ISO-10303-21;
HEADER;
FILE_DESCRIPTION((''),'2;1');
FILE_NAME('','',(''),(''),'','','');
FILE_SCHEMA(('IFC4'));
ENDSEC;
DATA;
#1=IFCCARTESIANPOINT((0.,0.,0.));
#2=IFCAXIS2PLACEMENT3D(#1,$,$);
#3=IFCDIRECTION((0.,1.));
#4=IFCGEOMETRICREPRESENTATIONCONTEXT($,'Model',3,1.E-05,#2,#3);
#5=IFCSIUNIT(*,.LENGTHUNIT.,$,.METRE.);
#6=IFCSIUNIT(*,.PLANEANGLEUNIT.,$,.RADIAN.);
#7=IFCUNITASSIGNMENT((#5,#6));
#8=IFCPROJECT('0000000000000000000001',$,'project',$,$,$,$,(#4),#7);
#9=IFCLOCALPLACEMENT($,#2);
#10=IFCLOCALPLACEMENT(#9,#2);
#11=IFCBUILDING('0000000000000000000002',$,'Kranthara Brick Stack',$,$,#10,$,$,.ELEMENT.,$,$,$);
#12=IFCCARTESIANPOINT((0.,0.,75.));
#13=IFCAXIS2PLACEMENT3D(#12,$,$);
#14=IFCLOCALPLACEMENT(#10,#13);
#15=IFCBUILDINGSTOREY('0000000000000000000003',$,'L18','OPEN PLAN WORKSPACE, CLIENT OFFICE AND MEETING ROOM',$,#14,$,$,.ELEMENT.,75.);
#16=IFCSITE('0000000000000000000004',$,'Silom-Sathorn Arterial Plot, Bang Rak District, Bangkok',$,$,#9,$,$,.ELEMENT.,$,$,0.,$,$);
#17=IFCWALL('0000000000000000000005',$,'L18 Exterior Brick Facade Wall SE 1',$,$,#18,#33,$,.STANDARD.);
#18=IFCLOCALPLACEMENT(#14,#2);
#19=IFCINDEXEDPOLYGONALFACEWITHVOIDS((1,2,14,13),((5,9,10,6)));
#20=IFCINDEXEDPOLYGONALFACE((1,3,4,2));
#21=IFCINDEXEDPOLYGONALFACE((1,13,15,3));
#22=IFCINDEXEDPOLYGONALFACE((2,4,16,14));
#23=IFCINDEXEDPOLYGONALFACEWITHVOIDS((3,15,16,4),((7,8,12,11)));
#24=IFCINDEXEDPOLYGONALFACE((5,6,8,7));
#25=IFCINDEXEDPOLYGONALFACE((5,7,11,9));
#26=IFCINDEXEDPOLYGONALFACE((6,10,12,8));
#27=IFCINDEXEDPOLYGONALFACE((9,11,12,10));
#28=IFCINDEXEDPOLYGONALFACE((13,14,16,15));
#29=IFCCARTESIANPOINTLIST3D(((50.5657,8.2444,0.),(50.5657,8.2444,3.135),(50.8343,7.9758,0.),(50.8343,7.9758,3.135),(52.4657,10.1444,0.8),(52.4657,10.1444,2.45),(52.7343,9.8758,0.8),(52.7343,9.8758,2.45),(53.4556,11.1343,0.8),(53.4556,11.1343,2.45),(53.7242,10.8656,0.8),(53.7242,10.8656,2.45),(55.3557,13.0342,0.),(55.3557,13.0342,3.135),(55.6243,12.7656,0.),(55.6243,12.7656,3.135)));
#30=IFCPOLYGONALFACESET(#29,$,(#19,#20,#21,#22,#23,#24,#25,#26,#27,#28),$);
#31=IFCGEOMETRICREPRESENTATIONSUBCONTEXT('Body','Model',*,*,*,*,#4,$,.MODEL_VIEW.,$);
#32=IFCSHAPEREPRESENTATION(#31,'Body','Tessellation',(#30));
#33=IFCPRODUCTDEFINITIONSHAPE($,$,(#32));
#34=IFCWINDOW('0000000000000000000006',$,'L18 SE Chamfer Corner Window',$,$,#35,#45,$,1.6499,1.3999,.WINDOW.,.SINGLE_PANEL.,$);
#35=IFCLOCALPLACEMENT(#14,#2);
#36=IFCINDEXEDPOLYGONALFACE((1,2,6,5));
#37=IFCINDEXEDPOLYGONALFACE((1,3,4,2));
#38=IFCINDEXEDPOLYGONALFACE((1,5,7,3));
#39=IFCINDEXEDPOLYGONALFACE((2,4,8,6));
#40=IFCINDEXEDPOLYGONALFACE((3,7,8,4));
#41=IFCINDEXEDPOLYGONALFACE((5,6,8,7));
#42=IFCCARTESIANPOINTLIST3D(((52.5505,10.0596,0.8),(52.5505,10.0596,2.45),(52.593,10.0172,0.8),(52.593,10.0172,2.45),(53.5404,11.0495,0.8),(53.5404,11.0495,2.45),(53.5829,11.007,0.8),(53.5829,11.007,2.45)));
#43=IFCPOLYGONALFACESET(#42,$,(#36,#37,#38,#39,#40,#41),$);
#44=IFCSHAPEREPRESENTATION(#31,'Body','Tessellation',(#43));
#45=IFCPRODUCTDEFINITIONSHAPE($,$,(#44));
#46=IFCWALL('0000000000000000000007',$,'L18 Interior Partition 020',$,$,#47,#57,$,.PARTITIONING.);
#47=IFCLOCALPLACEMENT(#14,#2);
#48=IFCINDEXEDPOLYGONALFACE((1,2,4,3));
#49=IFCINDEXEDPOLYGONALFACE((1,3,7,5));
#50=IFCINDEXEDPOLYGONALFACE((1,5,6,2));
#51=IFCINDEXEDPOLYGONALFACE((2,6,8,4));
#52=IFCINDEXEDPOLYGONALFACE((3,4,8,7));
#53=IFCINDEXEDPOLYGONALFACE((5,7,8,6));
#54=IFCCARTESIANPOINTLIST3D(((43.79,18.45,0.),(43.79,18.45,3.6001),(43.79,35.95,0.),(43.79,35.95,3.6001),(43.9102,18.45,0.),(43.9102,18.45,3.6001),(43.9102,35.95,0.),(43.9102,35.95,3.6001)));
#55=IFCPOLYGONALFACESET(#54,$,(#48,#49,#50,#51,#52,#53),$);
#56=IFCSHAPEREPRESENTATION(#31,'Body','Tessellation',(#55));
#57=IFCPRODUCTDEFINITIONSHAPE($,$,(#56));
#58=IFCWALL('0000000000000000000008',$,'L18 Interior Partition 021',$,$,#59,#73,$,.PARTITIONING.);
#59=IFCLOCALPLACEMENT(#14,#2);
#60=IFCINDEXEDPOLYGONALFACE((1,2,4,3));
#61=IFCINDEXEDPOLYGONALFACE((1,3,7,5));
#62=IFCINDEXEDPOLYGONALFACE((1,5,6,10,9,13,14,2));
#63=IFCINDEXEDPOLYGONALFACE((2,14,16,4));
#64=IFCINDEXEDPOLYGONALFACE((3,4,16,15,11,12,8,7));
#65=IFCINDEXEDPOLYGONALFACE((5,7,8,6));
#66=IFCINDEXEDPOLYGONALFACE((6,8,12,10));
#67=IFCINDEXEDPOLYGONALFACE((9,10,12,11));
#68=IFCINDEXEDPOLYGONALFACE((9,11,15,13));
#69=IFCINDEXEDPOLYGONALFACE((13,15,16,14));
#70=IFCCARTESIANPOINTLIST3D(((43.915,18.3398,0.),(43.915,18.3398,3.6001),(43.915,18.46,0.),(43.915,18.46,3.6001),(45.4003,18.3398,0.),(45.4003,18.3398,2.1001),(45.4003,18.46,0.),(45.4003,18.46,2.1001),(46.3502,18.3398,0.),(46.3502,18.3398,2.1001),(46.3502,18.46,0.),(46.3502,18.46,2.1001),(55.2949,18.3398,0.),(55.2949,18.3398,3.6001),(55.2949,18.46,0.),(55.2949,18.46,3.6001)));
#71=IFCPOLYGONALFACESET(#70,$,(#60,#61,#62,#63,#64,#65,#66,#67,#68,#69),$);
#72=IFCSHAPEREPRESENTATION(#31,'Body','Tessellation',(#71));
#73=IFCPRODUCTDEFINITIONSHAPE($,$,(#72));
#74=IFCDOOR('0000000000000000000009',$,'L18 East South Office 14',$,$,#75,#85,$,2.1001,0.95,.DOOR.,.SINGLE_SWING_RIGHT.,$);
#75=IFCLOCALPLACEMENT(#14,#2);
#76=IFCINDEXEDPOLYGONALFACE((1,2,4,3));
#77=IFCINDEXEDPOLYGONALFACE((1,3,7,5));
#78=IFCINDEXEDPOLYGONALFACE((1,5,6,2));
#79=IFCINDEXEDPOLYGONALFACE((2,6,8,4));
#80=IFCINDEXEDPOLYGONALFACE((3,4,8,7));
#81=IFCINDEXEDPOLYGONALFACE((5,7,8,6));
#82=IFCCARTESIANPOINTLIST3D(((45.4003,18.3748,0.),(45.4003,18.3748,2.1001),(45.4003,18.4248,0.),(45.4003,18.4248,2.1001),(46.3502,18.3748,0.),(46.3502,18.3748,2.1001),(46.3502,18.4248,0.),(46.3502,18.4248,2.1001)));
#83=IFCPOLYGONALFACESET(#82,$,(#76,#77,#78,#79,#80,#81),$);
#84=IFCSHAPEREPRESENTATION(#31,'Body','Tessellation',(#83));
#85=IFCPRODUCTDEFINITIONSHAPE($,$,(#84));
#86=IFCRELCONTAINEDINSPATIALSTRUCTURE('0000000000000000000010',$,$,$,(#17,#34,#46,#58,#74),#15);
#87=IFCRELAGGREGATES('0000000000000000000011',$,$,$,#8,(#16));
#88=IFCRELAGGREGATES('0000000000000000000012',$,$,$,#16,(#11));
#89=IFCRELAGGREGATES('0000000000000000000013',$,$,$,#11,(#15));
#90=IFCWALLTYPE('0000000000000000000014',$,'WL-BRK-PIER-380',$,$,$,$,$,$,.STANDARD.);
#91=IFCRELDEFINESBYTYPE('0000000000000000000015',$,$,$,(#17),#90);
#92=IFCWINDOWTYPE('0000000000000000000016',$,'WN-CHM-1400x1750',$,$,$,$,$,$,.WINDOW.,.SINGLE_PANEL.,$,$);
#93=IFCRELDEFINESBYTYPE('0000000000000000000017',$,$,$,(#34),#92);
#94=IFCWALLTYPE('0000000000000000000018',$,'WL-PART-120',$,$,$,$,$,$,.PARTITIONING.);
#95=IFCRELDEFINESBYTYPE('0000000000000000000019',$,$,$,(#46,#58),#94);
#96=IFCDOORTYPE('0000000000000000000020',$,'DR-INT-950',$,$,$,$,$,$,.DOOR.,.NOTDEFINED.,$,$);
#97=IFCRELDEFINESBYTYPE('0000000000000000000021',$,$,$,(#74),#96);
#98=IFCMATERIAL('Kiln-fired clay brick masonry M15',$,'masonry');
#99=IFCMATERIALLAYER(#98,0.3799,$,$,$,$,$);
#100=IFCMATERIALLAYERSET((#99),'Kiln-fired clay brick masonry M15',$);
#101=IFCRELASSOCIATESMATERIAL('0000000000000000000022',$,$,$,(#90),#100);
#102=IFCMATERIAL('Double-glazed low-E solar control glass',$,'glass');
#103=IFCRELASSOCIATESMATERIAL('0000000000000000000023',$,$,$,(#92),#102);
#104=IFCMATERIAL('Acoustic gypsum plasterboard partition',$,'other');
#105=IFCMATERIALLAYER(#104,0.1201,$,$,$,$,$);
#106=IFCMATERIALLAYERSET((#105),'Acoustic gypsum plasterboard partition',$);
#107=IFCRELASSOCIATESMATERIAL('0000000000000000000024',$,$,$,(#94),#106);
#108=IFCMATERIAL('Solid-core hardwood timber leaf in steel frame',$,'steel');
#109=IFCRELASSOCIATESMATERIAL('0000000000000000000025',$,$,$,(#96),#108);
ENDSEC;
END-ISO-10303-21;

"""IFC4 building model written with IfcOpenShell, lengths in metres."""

from ifc_helpers import new_model, si_unit, direction, frame, frame_2d, origin, place, context, subcontext, project, spatial, rectangle, extrude, material, layer, layer_set, type_object, element, fill, save


model = new_model("IFC4")

# Units and contexts
model_context = context("Model", 3, precision=1e-05, world=origin(), true_north=direction((0.0, 1.0)))
body_context = subcontext(model_context, "Body", "Model", "MODEL_VIEW")
ifc_project = project(units=[si_unit("LENGTHUNIT", "METRE"), si_unit("PLANEANGLEUNIT", "RADIAN")], contexts=[model_context])

# Site, building, storey
site_placement = place(None, origin())
site = spatial("IfcSite", under=ifc_project, at=site_placement, Name="Silom-Sathorn Arterial Plot, Bang Rak District, Bangkok", CompositionType="ELEMENT", RefElevation=0.0)
building_placement = place(site_placement, origin())
building = spatial("IfcBuilding", under=site, at=building_placement, Name="Kranthara Brick Stack", CompositionType="ELEMENT")
storey_placement = place(building_placement, frame((0.0, 0.0, 75.0)))
storey = spatial("IfcBuildingStorey", under=building, at=storey_placement, Name="L18", Description="OPEN PLAN WORKSPACE, CLIENT OFFICE AND MEETING ROOM", CompositionType="ELEMENT", Elevation=75.0)

# Shared definitions
ifc_material_1 = material(Name="Kiln-fired clay brick masonry M15", Category="masonry")
ifc_layer_1 = layer(ifc_material_1, 0.3799)
ifc_layer_set_1 = layer_set([ifc_layer_1], Name="Kiln-fired clay brick masonry M15")
wall_type_1 = type_object("IfcWallType", Name="WL-BRK-PIER-380", PredefinedType="STANDARD", material=ifc_layer_set_1)

# Wall, opening, window
wall_1_placement = place(storey_placement, frame((55.49, 12.8999, 0.0), z_axis=(0.0, 0.0, 1.0), x_axis=(-0.707125, -0.707089, 0.0)))
wall_1 = element("IfcWall", 1, at=wall_1_placement, inside=storey, type_object=wall_type_1, Name="L18 Exterior Brick Facade Wall SE 1", PredefinedType="STANDARD", context=body_context, shape_type="SweptSolid", body=[
    extrude(rectangle(XDim=6.7739, YDim=0.3799, at=frame_2d((3.387, 0.0))), origin(), (0.0, 0.0, 1.0), 3.135),
])
opening_1_placement = place(wall_1_placement, frame((2.687, 0.0, 0.8)))
opening_1 = element("IfcOpeningElement", 2, at=opening_1_placement, cuts=wall_1, PredefinedType="OPENING", context=body_context, shape_type="SweptSolid", body=[
    extrude(rectangle(XDim=1.3999, YDim=1.6499, at=frame_2d((0.7, 0.825))), frame((0.0, 0.2, 0.0), z_axis=(0.0, -1.0, 0.0), x_axis=(1.0, 0.0, 0.0)), (0.0, 0.0, 1.0), 0.3999),
])
ifc_material_2 = material(Name="Double-glazed low-E solar control glass", Category="glass")
window_type_1 = type_object("IfcWindowType", Name="WN-CHM-1400x1750", PartitioningType="SINGLE_PANEL", PredefinedType="WINDOW", material=ifc_material_2)
window_1_placement = place(opening_1_placement, origin())
window_1 = element("IfcWindow", 3, at=window_1_placement, inside=storey, type_object=window_type_1, Name="L18 SE Chamfer Corner Window", OverallHeight=1.6499, OverallWidth=1.3999, PartitioningType="SINGLE_PANEL", PredefinedType="WINDOW", context=body_context, shape_type="SweptSolid", body=[
    extrude(rectangle(XDim=1.3999, YDim=1.6499, at=frame_2d((0.7, 0.825))), frame((0.0, -0.01, 0.0), z_axis=(0.0, -1.0, 0.0), x_axis=(1.0, 0.0, 0.0)), (0.0, 0.0, 1.0), 0.0601),
])
fill(opening_1, window_1)

# Wall
ifc_material_3 = material(Name="Acoustic gypsum plasterboard partition", Category="other")
ifc_layer_2 = layer(ifc_material_3, 0.1201)
ifc_layer_set_2 = layer_set([ifc_layer_2], Name="Acoustic gypsum plasterboard partition")
wall_type_2 = type_object("IfcWallType", Name="WL-PART-120", PredefinedType="PARTITIONING", material=ifc_layer_set_2)
wall_2_placement = place(storey_placement, frame((43.8501, 18.45, 0.0), z_axis=(0.0, 0.0, 1.0), x_axis=(0.0, 1.0, 0.0)))
element("IfcWall", 4, at=wall_2_placement, inside=storey, type_object=wall_type_2, Name="L18 Interior Partition 020", PredefinedType="PARTITIONING", context=body_context, shape_type="SweptSolid", body=[
    extrude(rectangle(XDim=17.5, YDim=0.1201, at=frame_2d((8.75, 0.0))), origin(), (0.0, 0.0, 1.0), 3.6001),
])

# Wall, opening, door
wall_3_placement = place(storey_placement, frame((43.915, 18.3999, 0.0), z_axis=(0.0, 0.0, 1.0), x_axis=(1.0, 0.0, 0.0)))
wall_3 = element("IfcWall", 5, at=wall_3_placement, inside=storey, type_object=wall_type_2, Name="L18 Interior Partition 021", PredefinedType="PARTITIONING", context=body_context, shape_type="SweptSolid", body=[
    extrude(rectangle(XDim=11.3799, YDim=0.1201, at=frame_2d((5.6899, 0.0))), origin(), (0.0, 0.0, 1.0), 3.6001),
])
opening_2_placement = place(wall_3_placement, frame((1.4851, 0.0, 0.0)))
opening_2 = element("IfcOpeningElement", 6, at=opening_2_placement, cuts=wall_3, PredefinedType="OPENING", context=body_context, shape_type="SweptSolid", body=[
    extrude(rectangle(XDim=0.95, YDim=2.1001, at=frame_2d((0.4751, 1.05))), frame((0.0, 0.0701, 0.0), z_axis=(0.0, -1.0, 0.0), x_axis=(1.0, 0.0, 0.0)), (0.0, 0.0, 1.0), 0.1401),
])
ifc_material_4 = material(Name="Solid-core hardwood timber leaf in steel frame", Category="steel")
door_type_1 = type_object("IfcDoorType", Name="DR-INT-950", OperationType="NOTDEFINED", PredefinedType="DOOR", material=ifc_material_4)
door_1_placement = place(opening_2_placement, origin())
door_1 = element("IfcDoor", 7, at=door_1_placement, inside=storey, type_object=door_type_1, Name="L18 East South Office 14", OperationType="SINGLE_SWING_RIGHT", OverallHeight=2.1001, OverallWidth=0.95, PredefinedType="DOOR", context=body_context, shape_type="SweptSolid", body=[
    extrude(rectangle(XDim=0.95, YDim=2.1001, at=frame_2d((0.4751, 1.05))), frame((0.0, 0.0249, 0.0), z_axis=(0.0, -1.0, 0.0), x_axis=(1.0, 0.0, 0.0)), (0.0, 0.0, 1.0), 0.05),
])
fill(opening_2, door_1)

save(model, "model.ifc")
